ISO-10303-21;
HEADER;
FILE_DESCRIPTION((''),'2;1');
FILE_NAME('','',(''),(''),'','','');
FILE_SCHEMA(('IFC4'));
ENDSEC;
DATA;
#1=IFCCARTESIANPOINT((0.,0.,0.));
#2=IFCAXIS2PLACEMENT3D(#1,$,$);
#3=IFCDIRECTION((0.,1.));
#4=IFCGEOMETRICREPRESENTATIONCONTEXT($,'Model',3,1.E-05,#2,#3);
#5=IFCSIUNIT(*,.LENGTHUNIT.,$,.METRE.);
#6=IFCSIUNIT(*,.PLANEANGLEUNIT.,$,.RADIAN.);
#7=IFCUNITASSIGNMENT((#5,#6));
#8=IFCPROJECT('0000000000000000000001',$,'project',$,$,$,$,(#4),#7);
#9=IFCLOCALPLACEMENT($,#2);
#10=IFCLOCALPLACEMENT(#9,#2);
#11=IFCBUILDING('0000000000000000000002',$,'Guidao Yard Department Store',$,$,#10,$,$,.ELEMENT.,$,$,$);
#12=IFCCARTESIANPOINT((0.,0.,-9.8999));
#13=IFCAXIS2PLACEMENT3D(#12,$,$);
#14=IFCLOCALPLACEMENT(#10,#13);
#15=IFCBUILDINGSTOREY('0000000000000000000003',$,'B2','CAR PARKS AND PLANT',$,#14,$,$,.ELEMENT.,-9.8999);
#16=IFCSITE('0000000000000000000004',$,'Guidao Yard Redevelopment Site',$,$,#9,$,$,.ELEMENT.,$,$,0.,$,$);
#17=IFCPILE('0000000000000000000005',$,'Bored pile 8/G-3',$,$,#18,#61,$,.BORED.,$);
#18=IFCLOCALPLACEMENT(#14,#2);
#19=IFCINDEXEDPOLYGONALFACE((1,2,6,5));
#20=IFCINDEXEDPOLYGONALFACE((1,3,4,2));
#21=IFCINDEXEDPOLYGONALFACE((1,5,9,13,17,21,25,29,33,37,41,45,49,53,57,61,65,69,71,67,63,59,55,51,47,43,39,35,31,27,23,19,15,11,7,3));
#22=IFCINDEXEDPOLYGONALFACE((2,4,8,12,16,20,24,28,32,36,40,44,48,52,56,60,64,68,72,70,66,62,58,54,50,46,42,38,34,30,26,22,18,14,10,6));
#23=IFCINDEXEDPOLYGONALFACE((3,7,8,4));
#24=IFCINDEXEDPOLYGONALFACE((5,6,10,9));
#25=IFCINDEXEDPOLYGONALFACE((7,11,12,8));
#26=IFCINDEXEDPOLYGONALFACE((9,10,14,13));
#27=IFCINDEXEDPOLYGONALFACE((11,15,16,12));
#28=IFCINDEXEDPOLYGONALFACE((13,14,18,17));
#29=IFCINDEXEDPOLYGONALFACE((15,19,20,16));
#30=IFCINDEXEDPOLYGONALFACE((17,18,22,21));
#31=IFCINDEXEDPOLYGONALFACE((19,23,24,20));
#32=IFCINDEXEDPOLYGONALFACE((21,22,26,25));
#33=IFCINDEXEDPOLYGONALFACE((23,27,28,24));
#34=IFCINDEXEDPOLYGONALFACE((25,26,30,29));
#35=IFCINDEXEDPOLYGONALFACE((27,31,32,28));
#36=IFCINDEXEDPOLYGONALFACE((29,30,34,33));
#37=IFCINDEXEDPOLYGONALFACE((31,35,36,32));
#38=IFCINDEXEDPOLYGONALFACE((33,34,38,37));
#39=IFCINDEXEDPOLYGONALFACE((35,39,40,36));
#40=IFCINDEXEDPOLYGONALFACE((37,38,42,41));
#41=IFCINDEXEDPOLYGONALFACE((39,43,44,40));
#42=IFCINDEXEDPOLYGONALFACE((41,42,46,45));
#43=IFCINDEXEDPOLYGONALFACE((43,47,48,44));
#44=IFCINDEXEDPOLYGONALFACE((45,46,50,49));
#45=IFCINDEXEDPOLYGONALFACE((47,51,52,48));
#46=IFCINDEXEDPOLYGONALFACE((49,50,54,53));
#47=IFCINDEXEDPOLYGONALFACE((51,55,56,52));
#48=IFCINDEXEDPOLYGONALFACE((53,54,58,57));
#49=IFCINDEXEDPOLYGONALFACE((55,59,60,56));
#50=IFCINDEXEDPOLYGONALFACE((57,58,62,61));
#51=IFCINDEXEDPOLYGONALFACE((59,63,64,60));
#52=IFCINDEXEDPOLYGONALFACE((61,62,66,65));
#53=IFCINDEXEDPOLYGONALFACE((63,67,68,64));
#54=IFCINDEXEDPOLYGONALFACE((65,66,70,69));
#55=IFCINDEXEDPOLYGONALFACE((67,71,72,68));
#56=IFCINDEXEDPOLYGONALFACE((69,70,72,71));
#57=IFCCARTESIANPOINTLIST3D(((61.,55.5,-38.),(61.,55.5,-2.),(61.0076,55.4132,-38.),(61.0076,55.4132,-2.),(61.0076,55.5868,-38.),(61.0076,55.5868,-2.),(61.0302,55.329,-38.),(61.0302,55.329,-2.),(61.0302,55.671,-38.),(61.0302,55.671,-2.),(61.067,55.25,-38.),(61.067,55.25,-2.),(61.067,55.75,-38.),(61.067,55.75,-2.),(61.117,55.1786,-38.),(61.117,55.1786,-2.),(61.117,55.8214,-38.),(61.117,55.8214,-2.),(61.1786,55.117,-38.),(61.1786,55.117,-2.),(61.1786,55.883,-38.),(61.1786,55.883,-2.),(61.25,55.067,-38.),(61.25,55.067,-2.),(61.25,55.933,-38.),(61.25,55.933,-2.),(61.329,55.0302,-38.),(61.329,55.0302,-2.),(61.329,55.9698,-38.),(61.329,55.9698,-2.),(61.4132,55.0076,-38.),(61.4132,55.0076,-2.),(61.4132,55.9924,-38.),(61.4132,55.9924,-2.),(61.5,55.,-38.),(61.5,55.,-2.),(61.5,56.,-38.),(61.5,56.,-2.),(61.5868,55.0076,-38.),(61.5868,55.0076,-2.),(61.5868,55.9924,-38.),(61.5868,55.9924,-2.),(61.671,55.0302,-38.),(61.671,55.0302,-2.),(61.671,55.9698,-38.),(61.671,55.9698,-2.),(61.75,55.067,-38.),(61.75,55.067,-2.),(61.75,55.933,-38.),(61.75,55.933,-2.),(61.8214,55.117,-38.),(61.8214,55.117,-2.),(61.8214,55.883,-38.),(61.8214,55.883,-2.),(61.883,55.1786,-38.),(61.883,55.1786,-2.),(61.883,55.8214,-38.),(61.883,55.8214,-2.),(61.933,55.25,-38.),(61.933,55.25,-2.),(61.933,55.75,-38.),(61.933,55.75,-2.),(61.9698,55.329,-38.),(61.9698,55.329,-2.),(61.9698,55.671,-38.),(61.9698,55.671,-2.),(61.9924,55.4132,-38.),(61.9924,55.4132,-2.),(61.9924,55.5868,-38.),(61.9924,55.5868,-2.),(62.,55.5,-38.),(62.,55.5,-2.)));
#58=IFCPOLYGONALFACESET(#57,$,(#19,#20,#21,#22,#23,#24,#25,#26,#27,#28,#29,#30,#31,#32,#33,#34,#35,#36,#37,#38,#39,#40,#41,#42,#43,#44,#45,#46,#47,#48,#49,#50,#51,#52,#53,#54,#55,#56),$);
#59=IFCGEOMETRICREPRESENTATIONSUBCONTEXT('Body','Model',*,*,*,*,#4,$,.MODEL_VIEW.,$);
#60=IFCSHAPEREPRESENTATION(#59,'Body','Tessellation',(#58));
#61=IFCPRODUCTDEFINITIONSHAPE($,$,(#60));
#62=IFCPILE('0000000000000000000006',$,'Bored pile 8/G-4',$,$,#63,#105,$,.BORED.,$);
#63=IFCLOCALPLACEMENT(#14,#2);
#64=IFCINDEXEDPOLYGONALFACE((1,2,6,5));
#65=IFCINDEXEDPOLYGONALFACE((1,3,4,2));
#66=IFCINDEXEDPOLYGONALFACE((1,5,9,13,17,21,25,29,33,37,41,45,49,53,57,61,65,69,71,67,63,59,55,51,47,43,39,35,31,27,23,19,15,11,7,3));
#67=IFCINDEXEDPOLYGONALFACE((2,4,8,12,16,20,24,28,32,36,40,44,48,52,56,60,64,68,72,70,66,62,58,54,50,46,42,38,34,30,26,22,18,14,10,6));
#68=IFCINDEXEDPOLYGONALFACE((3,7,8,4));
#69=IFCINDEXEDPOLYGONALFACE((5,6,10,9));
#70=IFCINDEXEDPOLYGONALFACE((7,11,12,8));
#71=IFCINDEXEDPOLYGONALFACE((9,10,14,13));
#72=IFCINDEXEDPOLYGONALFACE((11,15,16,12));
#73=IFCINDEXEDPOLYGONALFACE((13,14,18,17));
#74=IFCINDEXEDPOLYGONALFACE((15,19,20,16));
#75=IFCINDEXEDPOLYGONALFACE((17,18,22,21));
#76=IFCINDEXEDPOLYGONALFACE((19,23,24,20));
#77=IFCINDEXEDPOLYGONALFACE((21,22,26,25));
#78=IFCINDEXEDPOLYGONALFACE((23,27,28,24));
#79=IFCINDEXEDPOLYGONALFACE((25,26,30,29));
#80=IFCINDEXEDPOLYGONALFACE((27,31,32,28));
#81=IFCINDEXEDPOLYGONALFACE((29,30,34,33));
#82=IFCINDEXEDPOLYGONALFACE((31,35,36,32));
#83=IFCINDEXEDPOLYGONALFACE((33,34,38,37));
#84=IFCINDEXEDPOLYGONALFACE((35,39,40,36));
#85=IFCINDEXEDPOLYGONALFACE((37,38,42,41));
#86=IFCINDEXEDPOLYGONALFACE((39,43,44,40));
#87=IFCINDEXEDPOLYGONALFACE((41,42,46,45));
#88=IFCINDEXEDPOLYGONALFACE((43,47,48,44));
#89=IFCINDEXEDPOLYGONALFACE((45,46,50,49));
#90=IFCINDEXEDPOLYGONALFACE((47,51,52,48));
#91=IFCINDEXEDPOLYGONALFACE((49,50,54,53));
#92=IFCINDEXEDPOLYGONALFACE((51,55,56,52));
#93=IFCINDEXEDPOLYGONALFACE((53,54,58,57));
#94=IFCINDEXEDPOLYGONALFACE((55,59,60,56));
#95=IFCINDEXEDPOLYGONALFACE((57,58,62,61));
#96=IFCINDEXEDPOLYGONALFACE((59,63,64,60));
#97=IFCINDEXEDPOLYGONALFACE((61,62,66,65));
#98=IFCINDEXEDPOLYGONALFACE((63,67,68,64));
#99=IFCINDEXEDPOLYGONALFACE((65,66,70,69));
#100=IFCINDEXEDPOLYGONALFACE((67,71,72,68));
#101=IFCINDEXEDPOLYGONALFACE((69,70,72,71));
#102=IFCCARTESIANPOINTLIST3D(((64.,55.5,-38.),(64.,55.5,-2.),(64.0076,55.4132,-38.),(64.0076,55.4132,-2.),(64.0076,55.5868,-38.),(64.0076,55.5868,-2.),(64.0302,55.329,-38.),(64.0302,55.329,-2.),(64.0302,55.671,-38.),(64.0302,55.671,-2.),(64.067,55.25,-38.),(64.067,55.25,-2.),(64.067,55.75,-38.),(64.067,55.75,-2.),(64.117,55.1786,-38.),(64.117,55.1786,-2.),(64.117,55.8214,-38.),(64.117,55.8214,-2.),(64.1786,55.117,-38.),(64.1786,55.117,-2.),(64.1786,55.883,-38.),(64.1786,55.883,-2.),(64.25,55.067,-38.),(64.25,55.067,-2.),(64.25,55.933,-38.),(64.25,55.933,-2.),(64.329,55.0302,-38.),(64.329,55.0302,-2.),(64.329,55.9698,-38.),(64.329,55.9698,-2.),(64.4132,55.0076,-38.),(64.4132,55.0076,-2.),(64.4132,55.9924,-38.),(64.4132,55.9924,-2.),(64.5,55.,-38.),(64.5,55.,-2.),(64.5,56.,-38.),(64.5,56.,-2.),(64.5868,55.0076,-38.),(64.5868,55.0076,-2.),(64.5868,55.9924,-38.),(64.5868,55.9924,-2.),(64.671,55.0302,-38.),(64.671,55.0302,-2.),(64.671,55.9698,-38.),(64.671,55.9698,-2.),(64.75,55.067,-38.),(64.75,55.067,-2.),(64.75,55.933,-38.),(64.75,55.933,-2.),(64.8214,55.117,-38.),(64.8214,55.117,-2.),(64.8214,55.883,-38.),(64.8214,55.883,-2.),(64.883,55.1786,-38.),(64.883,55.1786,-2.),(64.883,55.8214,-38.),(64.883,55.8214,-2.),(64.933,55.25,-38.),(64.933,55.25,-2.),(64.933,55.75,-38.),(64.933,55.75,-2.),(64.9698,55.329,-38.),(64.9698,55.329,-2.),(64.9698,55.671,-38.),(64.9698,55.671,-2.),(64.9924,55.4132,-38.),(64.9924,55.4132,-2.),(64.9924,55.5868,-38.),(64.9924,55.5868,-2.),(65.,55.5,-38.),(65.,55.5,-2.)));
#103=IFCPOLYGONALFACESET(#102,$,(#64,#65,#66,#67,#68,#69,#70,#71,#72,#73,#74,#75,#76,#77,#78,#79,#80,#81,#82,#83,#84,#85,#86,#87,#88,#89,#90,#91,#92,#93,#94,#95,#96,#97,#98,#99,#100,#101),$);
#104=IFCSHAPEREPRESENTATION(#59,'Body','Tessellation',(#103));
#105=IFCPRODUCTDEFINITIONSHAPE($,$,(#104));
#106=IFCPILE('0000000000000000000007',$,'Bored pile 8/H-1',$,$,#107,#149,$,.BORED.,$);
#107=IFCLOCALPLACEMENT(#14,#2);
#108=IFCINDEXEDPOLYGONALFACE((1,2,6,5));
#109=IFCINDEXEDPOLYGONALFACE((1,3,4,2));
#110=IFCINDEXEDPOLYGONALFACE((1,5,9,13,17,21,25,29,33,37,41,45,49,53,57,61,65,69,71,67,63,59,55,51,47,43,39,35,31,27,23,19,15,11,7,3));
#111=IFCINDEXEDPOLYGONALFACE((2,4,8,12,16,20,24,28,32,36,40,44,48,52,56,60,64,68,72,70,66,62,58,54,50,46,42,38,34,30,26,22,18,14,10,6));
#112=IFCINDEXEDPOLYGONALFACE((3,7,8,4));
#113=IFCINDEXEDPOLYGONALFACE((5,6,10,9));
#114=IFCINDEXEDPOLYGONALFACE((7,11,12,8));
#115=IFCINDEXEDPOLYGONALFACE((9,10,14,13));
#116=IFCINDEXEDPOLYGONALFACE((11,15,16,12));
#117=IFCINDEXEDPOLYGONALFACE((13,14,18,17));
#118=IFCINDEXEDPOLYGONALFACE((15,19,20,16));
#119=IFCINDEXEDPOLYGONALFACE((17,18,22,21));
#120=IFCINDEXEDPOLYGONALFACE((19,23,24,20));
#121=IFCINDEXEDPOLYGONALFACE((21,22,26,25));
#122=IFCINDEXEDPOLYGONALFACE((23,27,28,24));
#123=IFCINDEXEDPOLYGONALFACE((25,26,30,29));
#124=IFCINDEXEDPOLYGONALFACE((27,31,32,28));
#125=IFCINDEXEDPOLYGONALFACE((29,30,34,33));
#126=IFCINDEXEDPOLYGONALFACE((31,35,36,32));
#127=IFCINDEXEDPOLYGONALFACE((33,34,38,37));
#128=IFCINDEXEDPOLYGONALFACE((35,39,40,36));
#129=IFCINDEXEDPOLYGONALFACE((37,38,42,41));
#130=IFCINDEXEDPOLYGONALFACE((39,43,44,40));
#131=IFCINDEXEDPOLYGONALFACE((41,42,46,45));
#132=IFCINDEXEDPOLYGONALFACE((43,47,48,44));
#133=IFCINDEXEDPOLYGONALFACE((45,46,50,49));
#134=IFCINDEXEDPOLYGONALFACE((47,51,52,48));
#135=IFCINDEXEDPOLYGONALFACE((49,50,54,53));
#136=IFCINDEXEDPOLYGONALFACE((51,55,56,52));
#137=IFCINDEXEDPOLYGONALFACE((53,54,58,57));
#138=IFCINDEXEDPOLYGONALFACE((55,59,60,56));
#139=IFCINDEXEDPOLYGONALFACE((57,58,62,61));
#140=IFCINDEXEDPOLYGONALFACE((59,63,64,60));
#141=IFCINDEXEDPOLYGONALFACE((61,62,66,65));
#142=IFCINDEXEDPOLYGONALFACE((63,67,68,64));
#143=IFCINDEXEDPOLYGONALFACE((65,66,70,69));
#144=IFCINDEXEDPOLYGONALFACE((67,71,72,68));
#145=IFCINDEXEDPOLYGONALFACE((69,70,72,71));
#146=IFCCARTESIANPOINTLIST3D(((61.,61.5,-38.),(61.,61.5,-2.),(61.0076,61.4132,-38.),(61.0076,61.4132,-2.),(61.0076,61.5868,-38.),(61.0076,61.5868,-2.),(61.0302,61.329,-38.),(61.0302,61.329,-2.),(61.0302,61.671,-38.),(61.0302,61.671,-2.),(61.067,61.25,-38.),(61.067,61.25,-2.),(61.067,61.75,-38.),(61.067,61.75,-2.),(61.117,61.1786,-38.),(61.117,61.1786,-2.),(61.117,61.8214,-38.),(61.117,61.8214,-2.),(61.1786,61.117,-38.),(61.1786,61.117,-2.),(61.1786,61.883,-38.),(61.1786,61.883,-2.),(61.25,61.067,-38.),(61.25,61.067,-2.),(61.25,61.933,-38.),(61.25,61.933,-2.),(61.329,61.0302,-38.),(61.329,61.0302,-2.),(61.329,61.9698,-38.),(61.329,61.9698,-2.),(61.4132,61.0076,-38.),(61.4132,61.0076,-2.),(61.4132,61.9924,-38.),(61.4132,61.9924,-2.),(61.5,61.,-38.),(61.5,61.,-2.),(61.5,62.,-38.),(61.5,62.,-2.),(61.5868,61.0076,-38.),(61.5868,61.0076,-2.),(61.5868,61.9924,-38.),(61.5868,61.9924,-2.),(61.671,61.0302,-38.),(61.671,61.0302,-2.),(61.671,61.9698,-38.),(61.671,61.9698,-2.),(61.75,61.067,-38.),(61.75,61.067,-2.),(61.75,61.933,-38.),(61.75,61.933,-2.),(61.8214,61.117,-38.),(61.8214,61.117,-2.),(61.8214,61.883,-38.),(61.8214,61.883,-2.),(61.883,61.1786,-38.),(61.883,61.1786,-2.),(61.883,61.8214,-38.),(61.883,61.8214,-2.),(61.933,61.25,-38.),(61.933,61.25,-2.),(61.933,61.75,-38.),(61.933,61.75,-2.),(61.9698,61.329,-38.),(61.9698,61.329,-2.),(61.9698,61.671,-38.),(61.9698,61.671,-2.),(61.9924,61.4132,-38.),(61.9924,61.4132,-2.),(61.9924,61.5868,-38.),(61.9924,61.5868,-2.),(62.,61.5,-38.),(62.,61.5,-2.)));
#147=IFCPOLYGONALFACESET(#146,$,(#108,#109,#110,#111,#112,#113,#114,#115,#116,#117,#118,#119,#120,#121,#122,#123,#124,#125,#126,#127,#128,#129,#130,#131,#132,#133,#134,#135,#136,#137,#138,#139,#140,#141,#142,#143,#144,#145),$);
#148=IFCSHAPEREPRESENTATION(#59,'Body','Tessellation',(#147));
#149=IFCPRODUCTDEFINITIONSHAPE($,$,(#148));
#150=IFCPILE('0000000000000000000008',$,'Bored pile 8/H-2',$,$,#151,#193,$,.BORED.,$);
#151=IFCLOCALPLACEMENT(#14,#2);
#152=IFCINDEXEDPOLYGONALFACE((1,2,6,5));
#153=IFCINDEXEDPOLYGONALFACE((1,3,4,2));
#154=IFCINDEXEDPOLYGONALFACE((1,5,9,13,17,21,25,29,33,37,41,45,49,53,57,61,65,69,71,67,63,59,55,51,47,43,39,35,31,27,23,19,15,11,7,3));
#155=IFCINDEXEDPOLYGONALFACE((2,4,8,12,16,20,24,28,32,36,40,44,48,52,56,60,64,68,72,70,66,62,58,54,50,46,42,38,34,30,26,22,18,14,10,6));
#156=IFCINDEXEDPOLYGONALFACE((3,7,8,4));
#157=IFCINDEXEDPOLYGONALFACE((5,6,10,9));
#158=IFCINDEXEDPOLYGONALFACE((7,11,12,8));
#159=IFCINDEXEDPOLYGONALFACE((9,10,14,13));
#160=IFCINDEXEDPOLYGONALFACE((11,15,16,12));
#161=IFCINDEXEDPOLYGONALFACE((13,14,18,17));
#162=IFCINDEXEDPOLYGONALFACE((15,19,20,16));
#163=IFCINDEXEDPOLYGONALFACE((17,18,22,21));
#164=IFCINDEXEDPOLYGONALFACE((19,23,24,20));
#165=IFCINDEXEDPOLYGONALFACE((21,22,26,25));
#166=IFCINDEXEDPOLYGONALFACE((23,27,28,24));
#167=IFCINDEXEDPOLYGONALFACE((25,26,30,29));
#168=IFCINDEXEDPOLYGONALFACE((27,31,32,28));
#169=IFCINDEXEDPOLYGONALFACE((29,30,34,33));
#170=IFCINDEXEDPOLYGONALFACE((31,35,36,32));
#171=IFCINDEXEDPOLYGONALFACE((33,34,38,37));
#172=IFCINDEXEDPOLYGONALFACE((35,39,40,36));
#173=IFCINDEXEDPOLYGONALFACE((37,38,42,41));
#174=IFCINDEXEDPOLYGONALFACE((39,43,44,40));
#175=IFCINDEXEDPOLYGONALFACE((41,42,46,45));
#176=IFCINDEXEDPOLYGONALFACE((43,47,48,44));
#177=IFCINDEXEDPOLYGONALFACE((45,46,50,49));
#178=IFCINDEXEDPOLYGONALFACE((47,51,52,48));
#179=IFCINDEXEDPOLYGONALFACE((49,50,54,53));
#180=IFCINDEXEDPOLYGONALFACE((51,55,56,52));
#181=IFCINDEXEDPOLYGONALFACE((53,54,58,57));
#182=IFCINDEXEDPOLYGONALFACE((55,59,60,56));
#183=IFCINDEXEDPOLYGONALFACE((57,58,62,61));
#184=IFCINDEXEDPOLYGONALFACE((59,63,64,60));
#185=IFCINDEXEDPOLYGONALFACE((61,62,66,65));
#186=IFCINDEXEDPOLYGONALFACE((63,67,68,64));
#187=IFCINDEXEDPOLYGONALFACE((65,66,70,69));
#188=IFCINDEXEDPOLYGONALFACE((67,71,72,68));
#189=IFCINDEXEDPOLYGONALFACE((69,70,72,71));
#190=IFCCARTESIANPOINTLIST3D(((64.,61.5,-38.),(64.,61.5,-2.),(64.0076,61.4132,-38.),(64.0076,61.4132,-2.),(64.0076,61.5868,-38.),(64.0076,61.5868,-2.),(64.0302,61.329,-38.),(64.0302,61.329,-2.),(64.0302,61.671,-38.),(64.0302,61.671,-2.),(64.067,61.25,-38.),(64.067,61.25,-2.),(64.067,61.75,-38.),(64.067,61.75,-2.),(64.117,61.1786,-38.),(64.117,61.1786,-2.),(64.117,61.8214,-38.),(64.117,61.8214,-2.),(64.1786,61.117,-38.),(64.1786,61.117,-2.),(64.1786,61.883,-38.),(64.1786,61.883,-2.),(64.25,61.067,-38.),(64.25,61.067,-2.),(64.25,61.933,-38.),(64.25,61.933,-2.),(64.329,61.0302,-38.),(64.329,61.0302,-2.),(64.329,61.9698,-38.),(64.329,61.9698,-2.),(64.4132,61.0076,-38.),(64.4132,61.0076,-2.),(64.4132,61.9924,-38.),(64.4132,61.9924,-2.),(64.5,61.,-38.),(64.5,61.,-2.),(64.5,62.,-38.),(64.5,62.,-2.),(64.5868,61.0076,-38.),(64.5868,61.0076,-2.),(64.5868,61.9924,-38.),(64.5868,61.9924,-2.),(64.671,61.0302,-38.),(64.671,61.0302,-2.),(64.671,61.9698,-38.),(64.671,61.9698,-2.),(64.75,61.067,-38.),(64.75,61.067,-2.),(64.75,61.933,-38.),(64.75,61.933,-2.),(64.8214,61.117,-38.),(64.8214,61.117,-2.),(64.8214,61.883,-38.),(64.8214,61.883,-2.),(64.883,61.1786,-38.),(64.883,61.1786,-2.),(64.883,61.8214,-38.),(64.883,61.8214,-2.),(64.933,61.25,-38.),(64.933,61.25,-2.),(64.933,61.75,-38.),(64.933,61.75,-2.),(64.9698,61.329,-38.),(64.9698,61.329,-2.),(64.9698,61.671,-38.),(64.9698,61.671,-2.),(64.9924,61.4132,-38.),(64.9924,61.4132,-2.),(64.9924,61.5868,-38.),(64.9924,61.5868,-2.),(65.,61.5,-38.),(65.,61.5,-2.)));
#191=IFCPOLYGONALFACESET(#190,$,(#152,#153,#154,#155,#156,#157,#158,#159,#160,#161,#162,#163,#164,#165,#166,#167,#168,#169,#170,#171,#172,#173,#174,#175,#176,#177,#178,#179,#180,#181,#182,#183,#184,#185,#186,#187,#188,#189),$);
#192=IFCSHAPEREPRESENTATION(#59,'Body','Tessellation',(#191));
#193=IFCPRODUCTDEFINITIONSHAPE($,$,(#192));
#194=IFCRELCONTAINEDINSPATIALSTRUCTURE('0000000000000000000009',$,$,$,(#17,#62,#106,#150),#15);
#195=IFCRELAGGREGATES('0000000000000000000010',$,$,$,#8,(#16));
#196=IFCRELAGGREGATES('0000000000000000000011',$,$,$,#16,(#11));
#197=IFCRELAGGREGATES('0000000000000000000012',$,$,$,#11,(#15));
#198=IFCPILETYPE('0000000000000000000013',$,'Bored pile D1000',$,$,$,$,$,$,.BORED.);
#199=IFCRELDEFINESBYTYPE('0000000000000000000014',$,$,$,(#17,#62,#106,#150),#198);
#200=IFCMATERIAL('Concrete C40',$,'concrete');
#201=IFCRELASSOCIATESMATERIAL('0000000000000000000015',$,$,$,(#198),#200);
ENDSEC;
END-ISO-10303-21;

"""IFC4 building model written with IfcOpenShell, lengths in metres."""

from ifc_helpers import new_model, si_unit, direction, frame, origin, origin_2d, place, context, subcontext, project, spatial, circle, extrude, material, material_profile, profile_set, type_object, element, save


model = new_model("IFC4")

# Units and contexts
model_context = context("Model", 3, precision=1e-05, world=origin(), true_north=direction((0.0, 1.0)))
body_context = subcontext(model_context, "Body", "Model", "MODEL_VIEW")
ifc_project = project(units=[si_unit("LENGTHUNIT", "METRE"), si_unit("PLANEANGLEUNIT", "RADIAN")], contexts=[model_context])

# Site, building, storey
site_placement = place(None, origin())
site = spatial("IfcSite", under=ifc_project, at=site_placement, Name="Guidao Yard Redevelopment Site", CompositionType="ELEMENT", RefElevation=0.0)
building_placement = place(site_placement, origin())
building = spatial("IfcBuilding", under=site, at=building_placement, Name="Guidao Yard Department Store", CompositionType="ELEMENT")
storey_placement = place(building_placement, frame((0.0, 0.0, -9.8999)))
storey = spatial("IfcBuildingStorey", under=building, at=storey_placement, Name="B2", Description="CAR PARKS AND PLANT", CompositionType="ELEMENT", Elevation=-9.8999)

# Piles
ifc_material_1 = material(Name="Concrete C40", Category="concrete")
ifc_material_profile_1 = material_profile(ifc_material_1, circle(Radius=0.5, at=origin_2d()), Name="Bored pile D1000")
ifc_profile_set_1 = profile_set([ifc_material_profile_1], Name="Concrete C40")
pile_type = type_object("IfcPileType", Name="Bored pile D1000", PredefinedType="BORED", material=ifc_profile_set_1)
for number, where, z_axis, x_axis, name in (
    (1, (61.5, 55.5, -2.0), (0.0, 0.0, -1.0), (1.0, 0.0, 0.0), "Bored pile 8/G-3"),
    (2, (64.5, 55.5, -2.0), (0.0, 0.0, -1.0), (1.0, 0.0, 0.0), "Bored pile 8/G-4"),
    (3, (61.5, 61.5, -2.0), (0.0, 0.0, -1.0), (1.0, 0.0, 0.0), "Bored pile 8/H-1"),
    (4, (64.5, 61.5, -2.0), (0.0, 0.0, -1.0), (1.0, 0.0, 0.0), "Bored pile 8/H-2"),
):
    element("IfcPile", number, at=place(storey_placement, frame(where, z_axis=z_axis, x_axis=x_axis)), inside=storey, type_object=pile_type, Name=name, PredefinedType="BORED", context=body_context, shape_type="SweptSolid", body=[
        extrude(circle(Radius=0.5, at=origin_2d()), origin(), (0.0, 0.0, 1.0), 36.0),
    ])

save(model, "model.ifc")
